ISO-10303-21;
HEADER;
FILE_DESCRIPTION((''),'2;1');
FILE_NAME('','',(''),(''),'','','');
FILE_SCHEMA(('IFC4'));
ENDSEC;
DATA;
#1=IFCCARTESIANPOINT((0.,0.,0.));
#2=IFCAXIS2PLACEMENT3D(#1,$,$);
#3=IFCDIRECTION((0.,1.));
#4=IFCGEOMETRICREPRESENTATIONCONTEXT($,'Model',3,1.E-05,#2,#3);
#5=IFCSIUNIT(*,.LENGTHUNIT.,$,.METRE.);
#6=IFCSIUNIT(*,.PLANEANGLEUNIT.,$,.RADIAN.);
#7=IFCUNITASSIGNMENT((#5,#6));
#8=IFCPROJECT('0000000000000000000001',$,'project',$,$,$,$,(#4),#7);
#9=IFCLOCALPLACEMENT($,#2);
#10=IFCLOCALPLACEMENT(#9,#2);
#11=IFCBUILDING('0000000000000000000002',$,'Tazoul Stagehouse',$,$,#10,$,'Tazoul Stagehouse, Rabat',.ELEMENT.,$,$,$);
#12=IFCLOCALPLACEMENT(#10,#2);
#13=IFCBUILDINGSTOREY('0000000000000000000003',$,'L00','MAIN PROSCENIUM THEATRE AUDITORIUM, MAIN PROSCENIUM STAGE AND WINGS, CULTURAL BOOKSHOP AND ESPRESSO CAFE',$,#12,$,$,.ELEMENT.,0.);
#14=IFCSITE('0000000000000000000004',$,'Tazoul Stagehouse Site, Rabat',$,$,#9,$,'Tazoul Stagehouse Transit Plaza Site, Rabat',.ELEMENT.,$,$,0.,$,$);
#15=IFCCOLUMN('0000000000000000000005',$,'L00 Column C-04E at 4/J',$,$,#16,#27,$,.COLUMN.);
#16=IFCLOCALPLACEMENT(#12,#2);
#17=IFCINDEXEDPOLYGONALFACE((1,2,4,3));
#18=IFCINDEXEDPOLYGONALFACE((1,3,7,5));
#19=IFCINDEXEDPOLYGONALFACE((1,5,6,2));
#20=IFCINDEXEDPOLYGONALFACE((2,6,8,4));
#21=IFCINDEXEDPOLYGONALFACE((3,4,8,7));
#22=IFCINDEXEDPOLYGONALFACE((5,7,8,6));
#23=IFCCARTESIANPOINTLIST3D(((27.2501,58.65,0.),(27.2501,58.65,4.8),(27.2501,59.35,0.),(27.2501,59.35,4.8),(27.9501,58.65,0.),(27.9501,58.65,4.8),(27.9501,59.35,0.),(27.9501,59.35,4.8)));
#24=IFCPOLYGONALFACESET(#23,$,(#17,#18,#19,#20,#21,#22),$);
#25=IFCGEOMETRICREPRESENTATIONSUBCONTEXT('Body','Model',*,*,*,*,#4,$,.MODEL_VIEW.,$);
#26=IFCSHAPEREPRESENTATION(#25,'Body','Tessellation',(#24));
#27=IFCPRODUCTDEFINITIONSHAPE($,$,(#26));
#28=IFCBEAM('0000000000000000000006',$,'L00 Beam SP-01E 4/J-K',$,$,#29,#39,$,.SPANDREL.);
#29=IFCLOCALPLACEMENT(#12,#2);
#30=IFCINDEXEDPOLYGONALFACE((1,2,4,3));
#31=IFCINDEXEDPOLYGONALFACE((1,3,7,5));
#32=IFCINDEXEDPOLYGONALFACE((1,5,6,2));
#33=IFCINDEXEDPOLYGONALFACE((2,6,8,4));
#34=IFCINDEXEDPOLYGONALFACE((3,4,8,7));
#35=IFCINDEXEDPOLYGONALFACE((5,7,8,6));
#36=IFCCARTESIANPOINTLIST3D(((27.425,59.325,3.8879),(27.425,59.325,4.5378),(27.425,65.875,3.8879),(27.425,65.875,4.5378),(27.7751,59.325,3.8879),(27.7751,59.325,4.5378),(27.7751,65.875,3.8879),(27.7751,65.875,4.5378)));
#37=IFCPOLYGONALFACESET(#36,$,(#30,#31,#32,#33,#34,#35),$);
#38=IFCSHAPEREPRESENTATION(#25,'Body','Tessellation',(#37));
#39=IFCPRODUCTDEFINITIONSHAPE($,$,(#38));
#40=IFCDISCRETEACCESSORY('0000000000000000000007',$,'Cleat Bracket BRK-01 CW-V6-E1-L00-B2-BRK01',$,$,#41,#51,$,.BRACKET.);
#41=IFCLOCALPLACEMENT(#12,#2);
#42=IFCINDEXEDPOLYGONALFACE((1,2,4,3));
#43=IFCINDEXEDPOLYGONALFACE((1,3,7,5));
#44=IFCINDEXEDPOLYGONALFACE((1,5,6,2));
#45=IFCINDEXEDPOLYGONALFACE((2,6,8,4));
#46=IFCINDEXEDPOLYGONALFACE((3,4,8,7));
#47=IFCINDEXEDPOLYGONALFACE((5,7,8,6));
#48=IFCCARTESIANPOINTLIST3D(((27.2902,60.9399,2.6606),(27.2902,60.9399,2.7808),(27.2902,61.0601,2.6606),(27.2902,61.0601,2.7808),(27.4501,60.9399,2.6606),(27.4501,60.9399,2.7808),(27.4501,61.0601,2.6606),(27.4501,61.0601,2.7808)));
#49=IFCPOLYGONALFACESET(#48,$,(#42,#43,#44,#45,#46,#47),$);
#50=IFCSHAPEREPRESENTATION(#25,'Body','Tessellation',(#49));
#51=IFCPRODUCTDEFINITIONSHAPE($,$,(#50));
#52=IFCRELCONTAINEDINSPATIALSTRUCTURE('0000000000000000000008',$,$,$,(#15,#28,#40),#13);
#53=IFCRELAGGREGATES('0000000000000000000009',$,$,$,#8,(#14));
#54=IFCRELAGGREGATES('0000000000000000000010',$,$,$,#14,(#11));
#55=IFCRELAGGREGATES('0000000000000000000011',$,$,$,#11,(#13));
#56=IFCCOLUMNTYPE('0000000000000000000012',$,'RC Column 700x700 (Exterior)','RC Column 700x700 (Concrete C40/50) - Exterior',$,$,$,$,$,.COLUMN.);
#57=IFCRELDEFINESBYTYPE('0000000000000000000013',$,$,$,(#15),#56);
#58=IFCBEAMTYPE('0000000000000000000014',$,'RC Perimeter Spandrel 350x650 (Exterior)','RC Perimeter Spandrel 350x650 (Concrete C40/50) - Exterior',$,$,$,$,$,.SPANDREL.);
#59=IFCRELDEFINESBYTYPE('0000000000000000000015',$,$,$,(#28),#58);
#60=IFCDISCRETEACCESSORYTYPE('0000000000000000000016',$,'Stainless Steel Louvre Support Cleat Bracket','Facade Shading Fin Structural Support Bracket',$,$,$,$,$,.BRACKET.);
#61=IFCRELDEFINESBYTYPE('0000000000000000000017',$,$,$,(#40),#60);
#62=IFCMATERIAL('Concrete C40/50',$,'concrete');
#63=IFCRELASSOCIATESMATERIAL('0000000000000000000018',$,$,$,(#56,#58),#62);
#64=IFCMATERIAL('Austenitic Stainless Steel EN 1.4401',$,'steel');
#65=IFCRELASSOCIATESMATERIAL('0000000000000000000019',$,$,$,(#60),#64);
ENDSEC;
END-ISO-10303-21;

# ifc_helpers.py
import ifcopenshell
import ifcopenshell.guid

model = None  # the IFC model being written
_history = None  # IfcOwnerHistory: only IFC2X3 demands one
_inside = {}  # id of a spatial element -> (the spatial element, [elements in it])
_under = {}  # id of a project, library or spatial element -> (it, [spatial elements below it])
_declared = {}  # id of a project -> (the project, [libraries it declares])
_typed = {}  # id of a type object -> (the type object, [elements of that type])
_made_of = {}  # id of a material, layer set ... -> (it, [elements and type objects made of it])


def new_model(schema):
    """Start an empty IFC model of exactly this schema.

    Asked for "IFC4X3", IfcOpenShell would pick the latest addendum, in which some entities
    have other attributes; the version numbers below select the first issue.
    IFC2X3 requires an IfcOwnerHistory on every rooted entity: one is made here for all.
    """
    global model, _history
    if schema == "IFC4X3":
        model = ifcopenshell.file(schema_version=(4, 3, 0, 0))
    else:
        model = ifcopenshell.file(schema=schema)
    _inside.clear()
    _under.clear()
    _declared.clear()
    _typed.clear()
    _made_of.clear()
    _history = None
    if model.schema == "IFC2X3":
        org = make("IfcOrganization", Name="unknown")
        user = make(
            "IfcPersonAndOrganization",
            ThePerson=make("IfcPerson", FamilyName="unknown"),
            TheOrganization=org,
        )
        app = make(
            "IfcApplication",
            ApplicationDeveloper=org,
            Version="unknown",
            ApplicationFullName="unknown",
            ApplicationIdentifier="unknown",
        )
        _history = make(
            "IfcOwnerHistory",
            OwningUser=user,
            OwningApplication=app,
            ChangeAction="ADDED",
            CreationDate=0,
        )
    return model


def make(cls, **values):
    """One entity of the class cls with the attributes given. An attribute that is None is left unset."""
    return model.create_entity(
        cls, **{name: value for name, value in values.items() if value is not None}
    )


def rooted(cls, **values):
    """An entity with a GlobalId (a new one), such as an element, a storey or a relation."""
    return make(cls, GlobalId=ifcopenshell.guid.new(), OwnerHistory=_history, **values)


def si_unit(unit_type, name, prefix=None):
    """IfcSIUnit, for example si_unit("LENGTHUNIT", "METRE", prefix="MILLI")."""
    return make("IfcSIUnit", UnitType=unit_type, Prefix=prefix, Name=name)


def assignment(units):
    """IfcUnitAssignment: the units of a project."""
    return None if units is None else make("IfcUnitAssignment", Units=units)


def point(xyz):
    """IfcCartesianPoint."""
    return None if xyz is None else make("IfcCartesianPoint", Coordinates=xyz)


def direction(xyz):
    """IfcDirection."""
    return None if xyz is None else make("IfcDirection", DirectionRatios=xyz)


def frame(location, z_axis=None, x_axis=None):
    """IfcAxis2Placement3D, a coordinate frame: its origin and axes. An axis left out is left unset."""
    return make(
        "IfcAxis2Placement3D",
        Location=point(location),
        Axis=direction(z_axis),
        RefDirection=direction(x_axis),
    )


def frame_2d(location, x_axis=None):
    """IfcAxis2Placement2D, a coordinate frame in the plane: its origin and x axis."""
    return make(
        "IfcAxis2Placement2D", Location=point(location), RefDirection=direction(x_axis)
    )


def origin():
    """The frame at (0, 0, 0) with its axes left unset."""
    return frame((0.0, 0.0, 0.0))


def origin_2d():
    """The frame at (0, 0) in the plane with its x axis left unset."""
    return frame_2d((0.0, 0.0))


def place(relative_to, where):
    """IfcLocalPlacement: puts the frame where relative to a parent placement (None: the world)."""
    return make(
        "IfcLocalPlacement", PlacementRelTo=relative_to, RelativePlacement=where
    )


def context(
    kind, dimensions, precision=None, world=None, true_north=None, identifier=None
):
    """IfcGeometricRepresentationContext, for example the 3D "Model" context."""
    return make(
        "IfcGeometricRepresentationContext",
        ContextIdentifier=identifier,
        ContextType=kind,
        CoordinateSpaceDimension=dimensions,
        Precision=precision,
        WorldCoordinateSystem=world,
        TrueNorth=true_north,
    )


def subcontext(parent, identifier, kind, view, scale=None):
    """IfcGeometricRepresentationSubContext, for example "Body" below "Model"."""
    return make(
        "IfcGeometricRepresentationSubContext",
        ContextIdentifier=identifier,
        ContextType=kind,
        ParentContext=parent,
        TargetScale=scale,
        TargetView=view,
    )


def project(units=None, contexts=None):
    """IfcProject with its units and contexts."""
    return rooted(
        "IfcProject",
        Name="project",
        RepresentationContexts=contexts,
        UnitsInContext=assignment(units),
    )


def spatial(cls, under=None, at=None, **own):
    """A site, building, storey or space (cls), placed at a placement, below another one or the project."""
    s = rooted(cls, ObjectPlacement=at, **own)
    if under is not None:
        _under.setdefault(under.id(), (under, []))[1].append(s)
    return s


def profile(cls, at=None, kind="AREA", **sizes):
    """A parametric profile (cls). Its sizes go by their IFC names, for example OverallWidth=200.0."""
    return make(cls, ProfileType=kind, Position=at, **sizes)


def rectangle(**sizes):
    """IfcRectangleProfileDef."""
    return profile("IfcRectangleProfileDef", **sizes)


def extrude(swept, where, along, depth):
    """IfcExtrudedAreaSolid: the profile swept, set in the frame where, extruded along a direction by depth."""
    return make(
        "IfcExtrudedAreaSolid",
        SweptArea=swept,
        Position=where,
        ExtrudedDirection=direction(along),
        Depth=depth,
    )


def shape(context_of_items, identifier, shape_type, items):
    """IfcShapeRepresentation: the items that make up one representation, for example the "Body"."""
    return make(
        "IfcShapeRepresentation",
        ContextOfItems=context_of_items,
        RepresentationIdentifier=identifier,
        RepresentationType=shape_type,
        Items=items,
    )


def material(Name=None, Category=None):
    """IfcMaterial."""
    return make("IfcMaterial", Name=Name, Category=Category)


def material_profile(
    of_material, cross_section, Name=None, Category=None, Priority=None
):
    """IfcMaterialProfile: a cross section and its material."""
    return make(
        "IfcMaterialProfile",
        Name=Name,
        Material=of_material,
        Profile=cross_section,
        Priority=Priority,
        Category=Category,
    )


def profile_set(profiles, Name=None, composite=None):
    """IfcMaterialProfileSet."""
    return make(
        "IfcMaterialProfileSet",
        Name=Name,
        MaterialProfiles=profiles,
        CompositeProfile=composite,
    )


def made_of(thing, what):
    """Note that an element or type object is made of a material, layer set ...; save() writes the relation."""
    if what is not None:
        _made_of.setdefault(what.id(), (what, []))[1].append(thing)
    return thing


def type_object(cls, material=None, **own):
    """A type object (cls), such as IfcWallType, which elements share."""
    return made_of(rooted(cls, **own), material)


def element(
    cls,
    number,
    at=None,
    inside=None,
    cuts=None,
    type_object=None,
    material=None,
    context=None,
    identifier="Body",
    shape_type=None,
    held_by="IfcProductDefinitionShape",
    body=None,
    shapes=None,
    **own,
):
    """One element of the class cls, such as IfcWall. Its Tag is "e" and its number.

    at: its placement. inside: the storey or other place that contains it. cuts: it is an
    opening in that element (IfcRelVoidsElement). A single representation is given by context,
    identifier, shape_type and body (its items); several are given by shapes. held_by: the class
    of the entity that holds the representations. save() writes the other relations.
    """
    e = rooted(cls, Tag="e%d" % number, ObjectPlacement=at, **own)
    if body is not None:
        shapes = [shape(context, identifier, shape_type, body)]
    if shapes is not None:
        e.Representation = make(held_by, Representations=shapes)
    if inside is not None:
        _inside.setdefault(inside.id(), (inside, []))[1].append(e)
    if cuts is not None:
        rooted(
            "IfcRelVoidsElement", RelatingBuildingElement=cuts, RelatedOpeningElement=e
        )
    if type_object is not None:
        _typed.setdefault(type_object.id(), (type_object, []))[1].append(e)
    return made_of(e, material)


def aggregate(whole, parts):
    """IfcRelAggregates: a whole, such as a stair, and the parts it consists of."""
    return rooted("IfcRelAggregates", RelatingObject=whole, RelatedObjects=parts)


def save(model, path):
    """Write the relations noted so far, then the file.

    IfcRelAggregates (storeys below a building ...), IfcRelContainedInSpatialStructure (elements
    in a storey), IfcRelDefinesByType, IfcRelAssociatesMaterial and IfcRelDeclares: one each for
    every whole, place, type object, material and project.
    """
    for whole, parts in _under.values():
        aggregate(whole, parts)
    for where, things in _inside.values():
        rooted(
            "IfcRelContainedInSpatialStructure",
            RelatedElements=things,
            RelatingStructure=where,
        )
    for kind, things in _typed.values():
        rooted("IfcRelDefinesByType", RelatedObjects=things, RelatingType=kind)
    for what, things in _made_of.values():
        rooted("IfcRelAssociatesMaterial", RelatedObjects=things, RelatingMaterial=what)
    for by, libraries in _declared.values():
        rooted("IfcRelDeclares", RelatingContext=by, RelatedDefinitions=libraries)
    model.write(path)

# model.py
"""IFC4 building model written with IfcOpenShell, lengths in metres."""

from ifc_helpers import new_model, si_unit, direction, frame, origin, origin_2d, place, context, subcontext, project, spatial, rectangle, extrude, material, material_profile, profile_set, type_object, element, save


model = new_model("IFC4")

# Units and contexts
model_context = context("Model", 3, precision=1e-05, world=origin(), true_north=direction((0.0, 1.0)))
body_context = subcontext(model_context, "Body", "Model", "MODEL_VIEW")
ifc_project = project(units=[si_unit("LENGTHUNIT", "METRE"), si_unit("PLANEANGLEUNIT", "RADIAN")], contexts=[model_context])

# Site, building, storey
site_placement = place(None, origin())
site = spatial("IfcSite", under=ifc_project, at=site_placement, Name="Tazoul Stagehouse Site, Rabat", LongName="Tazoul Stagehouse Transit Plaza Site, Rabat", CompositionType="ELEMENT", RefElevation=0.0)
building_placement = place(site_placement, origin())
building = spatial("IfcBuilding", under=site, at=building_placement, Name="Tazoul Stagehouse", LongName="Tazoul Stagehouse, Rabat", CompositionType="ELEMENT")
storey_placement = place(building_placement, origin())
storey = spatial("IfcBuildingStorey", under=building, at=storey_placement, Name="L00", Description="MAIN PROSCENIUM THEATRE AUDITORIUM, MAIN PROSCENIUM STAGE AND WINGS, CULTURAL BOOKSHOP AND ESPRESSO CAFE", CompositionType="ELEMENT", Elevation=0.0)

# Column
ifc_material_1 = material(Name="Concrete C40/50", Category="concrete")
ifc_material_profile_1 = material_profile(ifc_material_1, rectangle(XDim=0.7, YDim=0.7, at=origin_2d()), Name="RC 700x700")
ifc_profile_set_1 = profile_set([ifc_material_profile_1], Name="Concrete C40/50")
column_type = type_object("IfcColumnType", Name="RC Column 700x700 (Exterior)", Description="RC Column 700x700 (Concrete C40/50) - Exterior", PredefinedType="COLUMN", material=ifc_profile_set_1)
column_placement = place(storey_placement, frame((27.6001, 59.0, 0.0), z_axis=(0.0, 0.0, 1.0), x_axis=(1.0, 0.0, 0.0)))
element("IfcColumn", 1, at=column_placement, inside=storey, type_object=column_type, Name="L00 Column C-04E at 4/J", PredefinedType="COLUMN", context=body_context, shape_type="SweptSolid", body=[
    extrude(rectangle(XDim=0.7, YDim=0.7, at=origin_2d()), origin(), (0.0, 0.0, 1.0), 4.8),
])

# Beam
ifc_material_profile_2 = material_profile(ifc_material_1, rectangle(XDim=0.3501, YDim=0.6499, at=origin_2d()), Name="RC 350x650")
ifc_profile_set_2 = profile_set([ifc_material_profile_2], Name="Concrete C40/50")
beam_type = type_object("IfcBeamType", Name="RC Perimeter Spandrel 350x650 (Exterior)", Description="RC Perimeter Spandrel 350x650 (Concrete C40/50) - Exterior", PredefinedType="SPANDREL", material=ifc_profile_set_2)
beam_placement = place(storey_placement, frame((27.6001, 59.325, 4.2129), z_axis=(0.0, 1.0, 0.0), x_axis=(-1.0, 0.0, 0.0)))
element("IfcBeam", 2, at=beam_placement, inside=storey, type_object=beam_type, Name="L00 Beam SP-01E 4/J-K", PredefinedType="SPANDREL", context=body_context, shape_type="SweptSolid", body=[
    extrude(rectangle(XDim=0.3501, YDim=0.6499, at=origin_2d()), origin(), (0.0, 0.0, 1.0), 6.55),
])

# Discrete accessory
ifc_material_2 = material(Name="Austenitic Stainless Steel EN 1.4401", Category="steel")
discrete_accessory_type = type_object("IfcDiscreteAccessoryType", Name="Stainless Steel Louvre Support Cleat Bracket", Description="Facade Shading Fin Structural Support Bracket", PredefinedType="BRACKET", material=ifc_material_2)
discrete_accessory_placement = place(storey_placement, frame((27.3701, 61.0, 2.6606), z_axis=(0.0, 0.0, 1.0), x_axis=(0.0, 1.0, 0.0)))
element("IfcDiscreteAccessory", 3, at=discrete_accessory_placement, inside=storey, type_object=discrete_accessory_type, Name="Cleat Bracket BRK-01 CW-V6-E1-L00-B2-BRK01", PredefinedType="BRACKET", context=body_context, shape_type="SweptSolid", body=[
    extrude(rectangle(XDim=0.1201, YDim=0.1599, at=origin_2d()), origin(), (0.0, 0.0, 1.0), 0.1201),
])

save(model, "model.ifc")
